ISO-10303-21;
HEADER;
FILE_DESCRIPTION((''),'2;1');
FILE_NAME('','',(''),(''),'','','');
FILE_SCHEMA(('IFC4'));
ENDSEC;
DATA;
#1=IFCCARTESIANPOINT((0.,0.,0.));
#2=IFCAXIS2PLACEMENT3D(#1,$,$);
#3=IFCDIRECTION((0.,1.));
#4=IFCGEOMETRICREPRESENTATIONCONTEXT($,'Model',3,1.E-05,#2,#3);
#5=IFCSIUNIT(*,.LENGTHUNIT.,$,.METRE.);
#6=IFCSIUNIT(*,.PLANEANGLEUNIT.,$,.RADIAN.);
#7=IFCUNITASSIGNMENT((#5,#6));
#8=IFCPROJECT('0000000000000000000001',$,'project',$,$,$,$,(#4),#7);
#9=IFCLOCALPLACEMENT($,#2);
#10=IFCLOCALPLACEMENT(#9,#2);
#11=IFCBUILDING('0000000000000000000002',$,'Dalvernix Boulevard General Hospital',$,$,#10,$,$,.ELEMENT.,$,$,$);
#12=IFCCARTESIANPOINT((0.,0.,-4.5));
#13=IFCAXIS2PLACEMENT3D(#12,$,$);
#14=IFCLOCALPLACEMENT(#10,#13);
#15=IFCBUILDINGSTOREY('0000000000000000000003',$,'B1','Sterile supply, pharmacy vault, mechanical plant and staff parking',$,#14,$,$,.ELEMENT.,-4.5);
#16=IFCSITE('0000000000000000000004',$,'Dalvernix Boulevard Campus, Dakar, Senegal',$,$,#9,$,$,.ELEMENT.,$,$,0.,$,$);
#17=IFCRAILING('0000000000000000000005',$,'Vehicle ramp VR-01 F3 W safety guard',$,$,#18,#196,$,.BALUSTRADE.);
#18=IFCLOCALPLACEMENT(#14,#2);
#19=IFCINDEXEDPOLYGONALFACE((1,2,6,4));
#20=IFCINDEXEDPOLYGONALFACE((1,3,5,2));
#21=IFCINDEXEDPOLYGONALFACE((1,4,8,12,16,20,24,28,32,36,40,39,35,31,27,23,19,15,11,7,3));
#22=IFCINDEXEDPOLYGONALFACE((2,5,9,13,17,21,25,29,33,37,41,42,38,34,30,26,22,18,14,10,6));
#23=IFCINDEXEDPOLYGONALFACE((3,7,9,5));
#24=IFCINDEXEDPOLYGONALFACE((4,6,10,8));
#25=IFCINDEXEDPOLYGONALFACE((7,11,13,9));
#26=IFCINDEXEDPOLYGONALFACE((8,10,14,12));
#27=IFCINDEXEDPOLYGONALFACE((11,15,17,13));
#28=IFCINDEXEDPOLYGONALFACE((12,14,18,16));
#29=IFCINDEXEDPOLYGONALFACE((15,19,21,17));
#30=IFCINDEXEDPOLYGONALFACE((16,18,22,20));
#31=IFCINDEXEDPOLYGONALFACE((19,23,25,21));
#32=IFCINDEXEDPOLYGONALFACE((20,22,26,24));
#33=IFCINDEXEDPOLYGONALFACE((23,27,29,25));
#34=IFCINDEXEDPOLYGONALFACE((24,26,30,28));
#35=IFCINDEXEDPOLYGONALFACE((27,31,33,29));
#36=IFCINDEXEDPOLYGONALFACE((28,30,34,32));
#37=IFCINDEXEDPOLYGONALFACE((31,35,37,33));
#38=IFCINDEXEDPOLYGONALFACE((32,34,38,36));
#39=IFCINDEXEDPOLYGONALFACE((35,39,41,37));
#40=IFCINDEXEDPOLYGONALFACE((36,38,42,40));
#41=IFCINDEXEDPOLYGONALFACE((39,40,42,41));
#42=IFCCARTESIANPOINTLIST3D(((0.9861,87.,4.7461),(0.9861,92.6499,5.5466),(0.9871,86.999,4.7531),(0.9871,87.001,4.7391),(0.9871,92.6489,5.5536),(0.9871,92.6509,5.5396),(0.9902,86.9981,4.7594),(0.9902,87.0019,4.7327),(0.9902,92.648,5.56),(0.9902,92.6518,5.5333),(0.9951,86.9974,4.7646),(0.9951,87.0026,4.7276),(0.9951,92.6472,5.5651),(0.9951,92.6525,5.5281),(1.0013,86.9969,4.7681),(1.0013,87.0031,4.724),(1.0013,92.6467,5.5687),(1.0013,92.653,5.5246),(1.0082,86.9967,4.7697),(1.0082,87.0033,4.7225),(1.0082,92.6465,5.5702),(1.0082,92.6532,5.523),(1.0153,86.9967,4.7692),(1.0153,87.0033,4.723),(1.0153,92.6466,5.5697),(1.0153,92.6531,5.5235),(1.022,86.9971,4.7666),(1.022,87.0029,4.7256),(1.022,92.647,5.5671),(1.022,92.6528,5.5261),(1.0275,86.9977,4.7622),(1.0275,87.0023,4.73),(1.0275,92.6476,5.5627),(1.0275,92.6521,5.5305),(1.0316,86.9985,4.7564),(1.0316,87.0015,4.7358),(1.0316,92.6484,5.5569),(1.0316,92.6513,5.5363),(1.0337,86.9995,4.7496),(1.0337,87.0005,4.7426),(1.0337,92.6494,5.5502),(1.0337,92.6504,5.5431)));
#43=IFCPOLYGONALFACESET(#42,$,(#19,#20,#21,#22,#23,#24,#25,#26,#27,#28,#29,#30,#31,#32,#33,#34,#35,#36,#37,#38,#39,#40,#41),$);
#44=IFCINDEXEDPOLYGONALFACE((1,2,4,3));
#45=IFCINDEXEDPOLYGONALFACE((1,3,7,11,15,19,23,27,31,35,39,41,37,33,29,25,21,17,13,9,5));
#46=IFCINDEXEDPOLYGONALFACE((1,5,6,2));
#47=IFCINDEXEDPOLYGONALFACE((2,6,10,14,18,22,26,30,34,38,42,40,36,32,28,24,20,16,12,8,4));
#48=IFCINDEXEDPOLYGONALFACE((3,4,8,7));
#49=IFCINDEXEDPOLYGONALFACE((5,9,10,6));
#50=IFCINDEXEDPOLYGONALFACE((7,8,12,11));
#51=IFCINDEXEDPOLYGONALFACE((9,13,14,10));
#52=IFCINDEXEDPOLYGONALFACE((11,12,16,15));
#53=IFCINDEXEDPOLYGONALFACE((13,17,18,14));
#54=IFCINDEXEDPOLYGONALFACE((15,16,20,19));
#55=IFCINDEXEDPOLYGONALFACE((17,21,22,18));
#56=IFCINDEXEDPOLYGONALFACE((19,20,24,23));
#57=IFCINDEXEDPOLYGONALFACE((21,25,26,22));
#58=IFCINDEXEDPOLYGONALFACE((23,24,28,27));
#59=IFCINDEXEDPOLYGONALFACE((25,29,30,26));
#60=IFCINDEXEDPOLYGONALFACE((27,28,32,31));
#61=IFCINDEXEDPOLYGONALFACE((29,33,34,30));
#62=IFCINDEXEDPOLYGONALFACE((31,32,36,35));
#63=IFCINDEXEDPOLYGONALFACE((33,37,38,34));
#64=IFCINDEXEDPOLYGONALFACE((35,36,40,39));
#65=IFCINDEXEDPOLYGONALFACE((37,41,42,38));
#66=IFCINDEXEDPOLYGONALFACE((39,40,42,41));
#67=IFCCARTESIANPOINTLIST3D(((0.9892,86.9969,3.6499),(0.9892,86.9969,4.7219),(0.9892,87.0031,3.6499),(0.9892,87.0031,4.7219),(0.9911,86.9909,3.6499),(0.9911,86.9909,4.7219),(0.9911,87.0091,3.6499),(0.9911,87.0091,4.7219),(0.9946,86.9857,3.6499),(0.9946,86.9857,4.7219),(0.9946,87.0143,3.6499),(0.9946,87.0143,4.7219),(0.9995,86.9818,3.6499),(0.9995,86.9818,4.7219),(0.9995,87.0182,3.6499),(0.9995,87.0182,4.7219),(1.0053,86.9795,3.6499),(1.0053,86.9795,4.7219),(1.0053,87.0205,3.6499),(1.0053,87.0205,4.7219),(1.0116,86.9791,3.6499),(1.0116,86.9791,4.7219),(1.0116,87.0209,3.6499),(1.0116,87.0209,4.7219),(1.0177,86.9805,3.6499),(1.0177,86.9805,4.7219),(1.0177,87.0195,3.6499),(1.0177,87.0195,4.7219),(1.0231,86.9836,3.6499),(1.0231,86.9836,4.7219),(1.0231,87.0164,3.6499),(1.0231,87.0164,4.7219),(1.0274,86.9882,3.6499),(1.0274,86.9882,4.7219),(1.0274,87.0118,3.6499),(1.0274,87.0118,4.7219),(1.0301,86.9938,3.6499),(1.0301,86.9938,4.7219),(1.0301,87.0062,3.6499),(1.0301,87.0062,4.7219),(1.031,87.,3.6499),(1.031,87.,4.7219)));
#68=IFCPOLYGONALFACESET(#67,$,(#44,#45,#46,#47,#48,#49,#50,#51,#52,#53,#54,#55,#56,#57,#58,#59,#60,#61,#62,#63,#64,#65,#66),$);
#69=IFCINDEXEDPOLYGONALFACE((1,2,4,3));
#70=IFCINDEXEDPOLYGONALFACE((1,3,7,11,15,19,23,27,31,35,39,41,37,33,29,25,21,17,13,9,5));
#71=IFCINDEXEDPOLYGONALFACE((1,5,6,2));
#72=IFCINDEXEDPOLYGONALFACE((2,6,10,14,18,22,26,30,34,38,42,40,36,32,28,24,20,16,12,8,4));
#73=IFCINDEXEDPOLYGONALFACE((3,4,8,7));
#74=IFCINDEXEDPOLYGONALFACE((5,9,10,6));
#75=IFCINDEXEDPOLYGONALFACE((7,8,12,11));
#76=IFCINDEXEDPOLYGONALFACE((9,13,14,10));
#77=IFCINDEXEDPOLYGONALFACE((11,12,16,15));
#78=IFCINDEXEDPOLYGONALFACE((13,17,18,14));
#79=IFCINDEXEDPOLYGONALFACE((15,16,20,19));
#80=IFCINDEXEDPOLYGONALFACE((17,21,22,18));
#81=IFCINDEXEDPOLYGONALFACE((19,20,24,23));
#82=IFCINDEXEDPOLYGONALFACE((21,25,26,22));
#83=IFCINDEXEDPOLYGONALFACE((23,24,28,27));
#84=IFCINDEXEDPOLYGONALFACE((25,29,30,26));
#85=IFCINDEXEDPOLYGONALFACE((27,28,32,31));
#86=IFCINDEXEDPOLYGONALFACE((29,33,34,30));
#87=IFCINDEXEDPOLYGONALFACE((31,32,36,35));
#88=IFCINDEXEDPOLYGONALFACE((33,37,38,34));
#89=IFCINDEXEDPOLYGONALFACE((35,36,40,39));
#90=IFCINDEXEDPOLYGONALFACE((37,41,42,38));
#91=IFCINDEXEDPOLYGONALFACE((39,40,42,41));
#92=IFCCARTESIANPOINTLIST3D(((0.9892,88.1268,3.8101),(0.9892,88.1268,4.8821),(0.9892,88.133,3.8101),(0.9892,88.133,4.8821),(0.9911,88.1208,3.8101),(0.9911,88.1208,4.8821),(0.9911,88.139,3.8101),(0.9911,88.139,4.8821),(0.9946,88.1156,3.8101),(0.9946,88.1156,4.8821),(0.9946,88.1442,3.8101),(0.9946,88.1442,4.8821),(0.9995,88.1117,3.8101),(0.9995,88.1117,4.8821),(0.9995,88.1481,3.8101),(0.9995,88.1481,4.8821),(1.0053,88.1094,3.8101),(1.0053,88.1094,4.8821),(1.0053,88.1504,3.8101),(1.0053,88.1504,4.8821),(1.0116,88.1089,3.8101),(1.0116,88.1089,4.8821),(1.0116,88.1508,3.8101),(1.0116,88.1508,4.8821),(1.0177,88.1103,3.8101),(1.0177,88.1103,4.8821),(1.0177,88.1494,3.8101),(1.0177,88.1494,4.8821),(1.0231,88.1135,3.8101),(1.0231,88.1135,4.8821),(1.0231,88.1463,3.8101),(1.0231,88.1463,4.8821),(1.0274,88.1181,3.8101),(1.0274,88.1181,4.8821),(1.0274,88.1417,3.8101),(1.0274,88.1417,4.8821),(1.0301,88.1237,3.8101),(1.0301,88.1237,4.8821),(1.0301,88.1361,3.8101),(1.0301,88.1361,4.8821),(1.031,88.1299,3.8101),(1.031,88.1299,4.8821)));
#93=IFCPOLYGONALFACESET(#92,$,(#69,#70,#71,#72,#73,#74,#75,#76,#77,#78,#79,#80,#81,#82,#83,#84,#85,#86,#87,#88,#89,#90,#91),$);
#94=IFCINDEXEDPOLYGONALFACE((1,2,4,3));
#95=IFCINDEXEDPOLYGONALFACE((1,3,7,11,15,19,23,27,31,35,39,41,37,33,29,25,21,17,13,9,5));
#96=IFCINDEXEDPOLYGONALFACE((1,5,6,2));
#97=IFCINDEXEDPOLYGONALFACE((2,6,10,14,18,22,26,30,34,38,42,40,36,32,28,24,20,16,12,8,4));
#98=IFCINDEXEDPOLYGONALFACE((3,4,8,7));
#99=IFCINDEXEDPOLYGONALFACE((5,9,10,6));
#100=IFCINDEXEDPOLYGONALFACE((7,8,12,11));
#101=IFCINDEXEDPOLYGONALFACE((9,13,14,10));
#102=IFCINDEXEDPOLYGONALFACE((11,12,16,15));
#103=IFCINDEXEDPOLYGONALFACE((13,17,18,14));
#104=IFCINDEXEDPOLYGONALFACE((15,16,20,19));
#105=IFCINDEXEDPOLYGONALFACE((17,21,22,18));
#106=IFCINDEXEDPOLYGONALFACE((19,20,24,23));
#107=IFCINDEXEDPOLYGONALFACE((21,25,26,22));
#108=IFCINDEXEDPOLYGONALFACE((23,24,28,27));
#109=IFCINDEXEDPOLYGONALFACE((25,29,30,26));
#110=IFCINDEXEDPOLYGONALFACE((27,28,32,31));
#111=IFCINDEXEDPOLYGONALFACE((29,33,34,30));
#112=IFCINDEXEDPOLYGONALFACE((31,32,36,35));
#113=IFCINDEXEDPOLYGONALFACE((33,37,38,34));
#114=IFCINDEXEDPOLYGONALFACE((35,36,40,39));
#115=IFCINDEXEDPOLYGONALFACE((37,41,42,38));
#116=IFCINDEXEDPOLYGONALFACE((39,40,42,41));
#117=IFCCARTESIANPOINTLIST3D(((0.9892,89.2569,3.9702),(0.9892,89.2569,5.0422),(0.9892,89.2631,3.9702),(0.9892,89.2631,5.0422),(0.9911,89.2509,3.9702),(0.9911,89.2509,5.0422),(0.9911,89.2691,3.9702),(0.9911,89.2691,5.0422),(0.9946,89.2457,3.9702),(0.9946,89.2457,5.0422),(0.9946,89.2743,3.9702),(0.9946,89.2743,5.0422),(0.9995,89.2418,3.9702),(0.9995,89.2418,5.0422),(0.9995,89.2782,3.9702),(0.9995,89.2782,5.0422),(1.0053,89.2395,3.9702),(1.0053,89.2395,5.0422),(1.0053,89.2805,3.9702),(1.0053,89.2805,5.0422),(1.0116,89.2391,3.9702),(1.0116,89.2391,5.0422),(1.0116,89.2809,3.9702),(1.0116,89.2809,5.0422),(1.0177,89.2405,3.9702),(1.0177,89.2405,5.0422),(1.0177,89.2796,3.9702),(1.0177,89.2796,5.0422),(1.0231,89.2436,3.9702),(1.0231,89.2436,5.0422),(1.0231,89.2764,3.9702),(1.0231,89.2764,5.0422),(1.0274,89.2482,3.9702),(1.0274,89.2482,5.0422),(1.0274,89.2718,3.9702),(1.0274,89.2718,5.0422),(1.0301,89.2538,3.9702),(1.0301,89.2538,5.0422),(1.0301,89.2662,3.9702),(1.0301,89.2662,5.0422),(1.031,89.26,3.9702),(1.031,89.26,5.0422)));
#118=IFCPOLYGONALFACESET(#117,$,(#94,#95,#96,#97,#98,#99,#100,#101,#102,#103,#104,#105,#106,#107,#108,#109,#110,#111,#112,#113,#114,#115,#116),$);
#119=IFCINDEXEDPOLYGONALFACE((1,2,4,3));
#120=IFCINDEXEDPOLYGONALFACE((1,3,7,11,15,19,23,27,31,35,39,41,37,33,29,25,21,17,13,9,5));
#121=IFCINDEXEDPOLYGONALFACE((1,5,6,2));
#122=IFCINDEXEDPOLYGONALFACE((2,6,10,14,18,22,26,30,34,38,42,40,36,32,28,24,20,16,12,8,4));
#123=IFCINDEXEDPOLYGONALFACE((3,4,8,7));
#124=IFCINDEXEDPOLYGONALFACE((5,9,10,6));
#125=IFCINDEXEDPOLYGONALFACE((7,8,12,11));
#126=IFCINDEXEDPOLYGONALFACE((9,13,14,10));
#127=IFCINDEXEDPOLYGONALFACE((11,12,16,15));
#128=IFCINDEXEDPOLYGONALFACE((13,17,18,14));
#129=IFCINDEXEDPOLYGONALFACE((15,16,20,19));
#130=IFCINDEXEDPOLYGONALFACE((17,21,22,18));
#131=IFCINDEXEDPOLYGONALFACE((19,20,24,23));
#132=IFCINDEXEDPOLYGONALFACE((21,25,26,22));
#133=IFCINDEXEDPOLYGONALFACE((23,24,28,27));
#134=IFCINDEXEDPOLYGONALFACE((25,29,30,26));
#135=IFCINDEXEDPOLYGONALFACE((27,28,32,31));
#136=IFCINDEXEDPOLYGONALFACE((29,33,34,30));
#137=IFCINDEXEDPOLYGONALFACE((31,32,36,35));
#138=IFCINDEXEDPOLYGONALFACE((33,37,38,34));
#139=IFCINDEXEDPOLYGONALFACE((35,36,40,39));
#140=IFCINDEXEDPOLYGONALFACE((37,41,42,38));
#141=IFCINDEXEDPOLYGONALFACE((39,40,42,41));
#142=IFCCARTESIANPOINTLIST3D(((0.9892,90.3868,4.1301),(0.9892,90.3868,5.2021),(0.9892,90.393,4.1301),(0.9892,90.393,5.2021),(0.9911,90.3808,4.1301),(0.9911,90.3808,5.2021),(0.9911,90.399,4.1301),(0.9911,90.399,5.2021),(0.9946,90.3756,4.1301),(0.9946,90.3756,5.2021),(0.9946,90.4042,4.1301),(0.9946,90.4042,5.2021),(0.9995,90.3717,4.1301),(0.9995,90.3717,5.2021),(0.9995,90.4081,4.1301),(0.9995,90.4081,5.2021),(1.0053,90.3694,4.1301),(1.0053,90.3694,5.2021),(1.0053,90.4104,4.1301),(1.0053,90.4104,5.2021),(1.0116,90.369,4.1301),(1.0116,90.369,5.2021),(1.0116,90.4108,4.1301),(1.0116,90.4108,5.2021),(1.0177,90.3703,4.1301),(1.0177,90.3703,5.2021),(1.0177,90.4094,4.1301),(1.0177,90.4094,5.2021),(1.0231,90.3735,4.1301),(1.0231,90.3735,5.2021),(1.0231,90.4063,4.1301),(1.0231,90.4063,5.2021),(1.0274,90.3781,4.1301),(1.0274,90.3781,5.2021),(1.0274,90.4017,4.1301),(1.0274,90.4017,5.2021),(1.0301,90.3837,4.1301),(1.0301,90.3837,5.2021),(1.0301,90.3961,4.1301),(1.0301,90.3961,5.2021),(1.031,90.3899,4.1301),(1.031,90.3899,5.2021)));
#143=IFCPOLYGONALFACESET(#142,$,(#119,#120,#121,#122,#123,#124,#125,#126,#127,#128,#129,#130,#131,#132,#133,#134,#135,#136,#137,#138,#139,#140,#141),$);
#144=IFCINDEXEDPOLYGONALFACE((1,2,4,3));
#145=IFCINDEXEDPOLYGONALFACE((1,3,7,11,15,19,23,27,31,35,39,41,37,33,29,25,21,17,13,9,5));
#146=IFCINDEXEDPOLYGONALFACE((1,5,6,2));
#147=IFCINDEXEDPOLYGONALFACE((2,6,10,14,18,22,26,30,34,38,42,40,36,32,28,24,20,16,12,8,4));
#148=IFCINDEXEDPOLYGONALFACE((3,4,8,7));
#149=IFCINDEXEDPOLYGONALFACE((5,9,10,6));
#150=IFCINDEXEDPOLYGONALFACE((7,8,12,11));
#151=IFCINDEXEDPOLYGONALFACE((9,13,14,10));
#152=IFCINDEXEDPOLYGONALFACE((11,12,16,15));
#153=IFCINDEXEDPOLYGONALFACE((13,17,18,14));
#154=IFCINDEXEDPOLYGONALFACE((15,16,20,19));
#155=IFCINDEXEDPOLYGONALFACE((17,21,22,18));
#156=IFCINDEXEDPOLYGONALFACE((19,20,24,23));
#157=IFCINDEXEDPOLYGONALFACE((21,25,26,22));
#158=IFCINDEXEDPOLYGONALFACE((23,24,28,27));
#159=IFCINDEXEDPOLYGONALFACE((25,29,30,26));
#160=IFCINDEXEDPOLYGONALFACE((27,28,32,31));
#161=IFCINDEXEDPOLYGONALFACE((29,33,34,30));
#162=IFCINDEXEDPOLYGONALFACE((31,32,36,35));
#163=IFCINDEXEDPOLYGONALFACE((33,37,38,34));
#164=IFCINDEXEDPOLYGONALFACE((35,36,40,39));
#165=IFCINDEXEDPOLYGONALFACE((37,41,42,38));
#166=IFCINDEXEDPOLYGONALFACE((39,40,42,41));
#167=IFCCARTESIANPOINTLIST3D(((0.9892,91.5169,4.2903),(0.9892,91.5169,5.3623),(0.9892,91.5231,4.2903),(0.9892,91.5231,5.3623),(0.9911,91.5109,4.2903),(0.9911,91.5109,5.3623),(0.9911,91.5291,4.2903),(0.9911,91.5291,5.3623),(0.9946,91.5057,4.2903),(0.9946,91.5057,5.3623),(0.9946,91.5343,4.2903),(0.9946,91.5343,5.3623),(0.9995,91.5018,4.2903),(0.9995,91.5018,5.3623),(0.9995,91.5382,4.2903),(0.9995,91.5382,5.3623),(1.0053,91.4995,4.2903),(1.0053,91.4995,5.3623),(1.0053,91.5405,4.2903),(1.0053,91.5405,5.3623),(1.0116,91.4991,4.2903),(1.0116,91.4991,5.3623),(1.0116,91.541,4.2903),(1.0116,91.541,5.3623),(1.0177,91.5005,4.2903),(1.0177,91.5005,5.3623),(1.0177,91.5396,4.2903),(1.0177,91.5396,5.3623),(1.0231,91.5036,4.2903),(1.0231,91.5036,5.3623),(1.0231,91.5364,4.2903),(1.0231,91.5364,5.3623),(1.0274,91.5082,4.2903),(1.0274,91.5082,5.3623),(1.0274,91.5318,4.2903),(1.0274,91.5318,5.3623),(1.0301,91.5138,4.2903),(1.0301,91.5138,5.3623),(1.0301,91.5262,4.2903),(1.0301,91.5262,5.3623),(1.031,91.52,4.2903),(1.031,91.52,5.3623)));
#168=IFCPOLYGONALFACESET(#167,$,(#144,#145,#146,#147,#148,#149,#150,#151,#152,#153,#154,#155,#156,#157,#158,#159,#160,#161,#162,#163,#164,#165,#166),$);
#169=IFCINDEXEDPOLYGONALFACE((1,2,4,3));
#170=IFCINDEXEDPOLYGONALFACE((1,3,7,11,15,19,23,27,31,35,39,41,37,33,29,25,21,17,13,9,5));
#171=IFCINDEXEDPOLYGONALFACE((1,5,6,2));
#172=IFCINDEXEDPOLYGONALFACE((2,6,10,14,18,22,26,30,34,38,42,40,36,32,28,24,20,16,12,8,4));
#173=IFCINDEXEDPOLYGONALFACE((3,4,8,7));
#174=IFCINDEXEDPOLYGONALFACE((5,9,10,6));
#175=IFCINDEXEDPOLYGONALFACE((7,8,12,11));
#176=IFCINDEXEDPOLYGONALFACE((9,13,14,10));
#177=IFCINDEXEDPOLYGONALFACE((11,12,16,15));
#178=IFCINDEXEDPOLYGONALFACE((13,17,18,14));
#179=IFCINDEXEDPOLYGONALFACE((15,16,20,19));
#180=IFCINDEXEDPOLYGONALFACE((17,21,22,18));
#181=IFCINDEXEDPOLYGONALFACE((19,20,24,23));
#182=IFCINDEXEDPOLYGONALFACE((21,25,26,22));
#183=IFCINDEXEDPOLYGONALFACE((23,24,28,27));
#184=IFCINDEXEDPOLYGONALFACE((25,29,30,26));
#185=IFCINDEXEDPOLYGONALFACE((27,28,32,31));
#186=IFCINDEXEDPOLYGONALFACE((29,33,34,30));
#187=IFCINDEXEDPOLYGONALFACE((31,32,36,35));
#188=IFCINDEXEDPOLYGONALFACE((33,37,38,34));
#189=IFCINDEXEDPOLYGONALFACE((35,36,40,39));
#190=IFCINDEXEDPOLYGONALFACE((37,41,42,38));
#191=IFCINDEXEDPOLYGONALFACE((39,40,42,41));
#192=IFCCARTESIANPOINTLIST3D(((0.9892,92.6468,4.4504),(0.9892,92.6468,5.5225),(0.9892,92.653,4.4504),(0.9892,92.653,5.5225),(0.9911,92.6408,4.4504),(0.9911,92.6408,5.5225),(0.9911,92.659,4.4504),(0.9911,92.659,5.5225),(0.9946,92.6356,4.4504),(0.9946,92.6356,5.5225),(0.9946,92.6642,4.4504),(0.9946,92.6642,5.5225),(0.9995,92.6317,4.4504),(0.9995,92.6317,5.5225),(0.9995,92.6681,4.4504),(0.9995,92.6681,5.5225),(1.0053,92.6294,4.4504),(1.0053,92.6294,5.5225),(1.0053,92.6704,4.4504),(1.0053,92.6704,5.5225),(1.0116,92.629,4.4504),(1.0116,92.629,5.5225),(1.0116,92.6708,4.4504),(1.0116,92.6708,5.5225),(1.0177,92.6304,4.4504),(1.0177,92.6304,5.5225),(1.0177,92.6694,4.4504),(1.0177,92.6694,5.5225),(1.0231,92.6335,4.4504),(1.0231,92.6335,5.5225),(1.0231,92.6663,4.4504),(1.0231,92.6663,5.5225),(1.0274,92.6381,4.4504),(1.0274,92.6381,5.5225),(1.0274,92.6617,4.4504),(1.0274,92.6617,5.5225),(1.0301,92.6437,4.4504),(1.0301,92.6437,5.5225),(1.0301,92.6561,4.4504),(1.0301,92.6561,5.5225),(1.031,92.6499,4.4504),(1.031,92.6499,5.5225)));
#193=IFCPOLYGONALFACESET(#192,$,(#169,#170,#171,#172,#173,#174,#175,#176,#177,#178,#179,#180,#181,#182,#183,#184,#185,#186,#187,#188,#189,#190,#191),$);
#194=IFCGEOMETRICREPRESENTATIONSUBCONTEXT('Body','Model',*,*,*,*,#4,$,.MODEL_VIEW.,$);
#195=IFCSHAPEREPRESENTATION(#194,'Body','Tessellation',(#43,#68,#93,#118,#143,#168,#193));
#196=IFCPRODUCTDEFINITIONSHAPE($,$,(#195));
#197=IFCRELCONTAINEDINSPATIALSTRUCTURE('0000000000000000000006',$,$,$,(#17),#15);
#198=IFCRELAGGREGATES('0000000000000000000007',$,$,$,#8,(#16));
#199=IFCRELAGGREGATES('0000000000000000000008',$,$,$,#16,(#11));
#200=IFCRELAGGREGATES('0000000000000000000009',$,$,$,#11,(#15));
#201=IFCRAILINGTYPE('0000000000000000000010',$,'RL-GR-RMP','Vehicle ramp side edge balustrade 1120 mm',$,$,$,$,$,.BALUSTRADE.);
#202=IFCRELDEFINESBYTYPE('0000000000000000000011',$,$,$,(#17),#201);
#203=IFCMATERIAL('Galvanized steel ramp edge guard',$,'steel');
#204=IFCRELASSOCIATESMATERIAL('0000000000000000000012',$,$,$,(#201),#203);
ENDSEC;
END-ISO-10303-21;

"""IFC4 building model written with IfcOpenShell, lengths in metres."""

from ifc_helpers import new_model, si_unit, direction, frame, origin, origin_2d, place, context, subcontext, project, spatial, circle, extrude, material, type_object, element, save


model = new_model("IFC4")

# Units and contexts
model_context = context("Model", 3, precision=1e-05, world=origin(), true_north=direction((0.0, 1.0)))
body_context = subcontext(model_context, "Body", "Model", "MODEL_VIEW")
ifc_project = project(units=[si_unit("LENGTHUNIT", "METRE"), si_unit("PLANEANGLEUNIT", "RADIAN")], contexts=[model_context])

# Site, building, storey
site_placement = place(None, origin())
site = spatial("IfcSite", under=ifc_project, at=site_placement, Name="Dalvernix Boulevard Campus, Dakar, Senegal", CompositionType="ELEMENT", RefElevation=0.0)
building_placement = place(site_placement, origin())
building = spatial("IfcBuilding", under=site, at=building_placement, Name="Dalvernix Boulevard General Hospital", CompositionType="ELEMENT")
storey_placement = place(building_placement, frame((0.0, 0.0, -4.5)))
storey = spatial("IfcBuildingStorey", under=building, at=storey_placement, Name="B1", Description="Sterile supply, pharmacy vault, mechanical plant and staff parking", CompositionType="ELEMENT", Elevation=-4.5)

# Railing
ifc_material_1 = material(Name="Galvanized steel ramp edge guard", Category="steel")
railing_type = type_object("IfcRailingType", Name="RL-GR-RMP", Description="Vehicle ramp side edge balustrade 1120 mm", PredefinedType="BALUSTRADE", material=ifc_material_1)
for number, where, name in (
    (1, (1.01, 87.0, 3.6499), "Vehicle ramp VR-01 F3 W safety guard"),
):
    element("IfcRailing", number, at=place(storey_placement, frame(where)), inside=storey, type_object=railing_type, Name=name, PredefinedType="BALUSTRADE", context=body_context, shape_type="SweptSolid", body=[
        extrude(circle(Radius=0.0239, at=origin_2d()), frame((0.0, 0.0, 1.0962), z_axis=(0.0, 0.990111, 0.140289), x_axis=(-1.0, 0.0, 0.0)), (0.0, 0.0, 1.0), 5.7063),
        extrude(circle(Radius=0.021, at=origin_2d()), origin(), (0.0, 0.0, 1.0), 1.072),
        extrude(circle(Radius=0.021, at=origin_2d()), frame((0.0, 1.1299, 0.1602)), (0.0, 0.0, 1.0), 1.072),
        extrude(circle(Radius=0.021, at=origin_2d()), frame((0.0, 2.26, 0.3203)), (0.0, 0.0, 1.0), 1.072),
        extrude(circle(Radius=0.021, at=origin_2d()), frame((0.0, 3.3899, 0.4802)), (0.0, 0.0, 1.0), 1.072),
        extrude(circle(Radius=0.021, at=origin_2d()), frame((0.0, 4.52, 0.6404)), (0.0, 0.0, 1.0), 1.072),
        extrude(circle(Radius=0.021, at=origin_2d()), frame((0.0, 5.6499, 0.8005)), (0.0, 0.0, 1.0), 1.072),
    ])

save(model, "model.ifc")
